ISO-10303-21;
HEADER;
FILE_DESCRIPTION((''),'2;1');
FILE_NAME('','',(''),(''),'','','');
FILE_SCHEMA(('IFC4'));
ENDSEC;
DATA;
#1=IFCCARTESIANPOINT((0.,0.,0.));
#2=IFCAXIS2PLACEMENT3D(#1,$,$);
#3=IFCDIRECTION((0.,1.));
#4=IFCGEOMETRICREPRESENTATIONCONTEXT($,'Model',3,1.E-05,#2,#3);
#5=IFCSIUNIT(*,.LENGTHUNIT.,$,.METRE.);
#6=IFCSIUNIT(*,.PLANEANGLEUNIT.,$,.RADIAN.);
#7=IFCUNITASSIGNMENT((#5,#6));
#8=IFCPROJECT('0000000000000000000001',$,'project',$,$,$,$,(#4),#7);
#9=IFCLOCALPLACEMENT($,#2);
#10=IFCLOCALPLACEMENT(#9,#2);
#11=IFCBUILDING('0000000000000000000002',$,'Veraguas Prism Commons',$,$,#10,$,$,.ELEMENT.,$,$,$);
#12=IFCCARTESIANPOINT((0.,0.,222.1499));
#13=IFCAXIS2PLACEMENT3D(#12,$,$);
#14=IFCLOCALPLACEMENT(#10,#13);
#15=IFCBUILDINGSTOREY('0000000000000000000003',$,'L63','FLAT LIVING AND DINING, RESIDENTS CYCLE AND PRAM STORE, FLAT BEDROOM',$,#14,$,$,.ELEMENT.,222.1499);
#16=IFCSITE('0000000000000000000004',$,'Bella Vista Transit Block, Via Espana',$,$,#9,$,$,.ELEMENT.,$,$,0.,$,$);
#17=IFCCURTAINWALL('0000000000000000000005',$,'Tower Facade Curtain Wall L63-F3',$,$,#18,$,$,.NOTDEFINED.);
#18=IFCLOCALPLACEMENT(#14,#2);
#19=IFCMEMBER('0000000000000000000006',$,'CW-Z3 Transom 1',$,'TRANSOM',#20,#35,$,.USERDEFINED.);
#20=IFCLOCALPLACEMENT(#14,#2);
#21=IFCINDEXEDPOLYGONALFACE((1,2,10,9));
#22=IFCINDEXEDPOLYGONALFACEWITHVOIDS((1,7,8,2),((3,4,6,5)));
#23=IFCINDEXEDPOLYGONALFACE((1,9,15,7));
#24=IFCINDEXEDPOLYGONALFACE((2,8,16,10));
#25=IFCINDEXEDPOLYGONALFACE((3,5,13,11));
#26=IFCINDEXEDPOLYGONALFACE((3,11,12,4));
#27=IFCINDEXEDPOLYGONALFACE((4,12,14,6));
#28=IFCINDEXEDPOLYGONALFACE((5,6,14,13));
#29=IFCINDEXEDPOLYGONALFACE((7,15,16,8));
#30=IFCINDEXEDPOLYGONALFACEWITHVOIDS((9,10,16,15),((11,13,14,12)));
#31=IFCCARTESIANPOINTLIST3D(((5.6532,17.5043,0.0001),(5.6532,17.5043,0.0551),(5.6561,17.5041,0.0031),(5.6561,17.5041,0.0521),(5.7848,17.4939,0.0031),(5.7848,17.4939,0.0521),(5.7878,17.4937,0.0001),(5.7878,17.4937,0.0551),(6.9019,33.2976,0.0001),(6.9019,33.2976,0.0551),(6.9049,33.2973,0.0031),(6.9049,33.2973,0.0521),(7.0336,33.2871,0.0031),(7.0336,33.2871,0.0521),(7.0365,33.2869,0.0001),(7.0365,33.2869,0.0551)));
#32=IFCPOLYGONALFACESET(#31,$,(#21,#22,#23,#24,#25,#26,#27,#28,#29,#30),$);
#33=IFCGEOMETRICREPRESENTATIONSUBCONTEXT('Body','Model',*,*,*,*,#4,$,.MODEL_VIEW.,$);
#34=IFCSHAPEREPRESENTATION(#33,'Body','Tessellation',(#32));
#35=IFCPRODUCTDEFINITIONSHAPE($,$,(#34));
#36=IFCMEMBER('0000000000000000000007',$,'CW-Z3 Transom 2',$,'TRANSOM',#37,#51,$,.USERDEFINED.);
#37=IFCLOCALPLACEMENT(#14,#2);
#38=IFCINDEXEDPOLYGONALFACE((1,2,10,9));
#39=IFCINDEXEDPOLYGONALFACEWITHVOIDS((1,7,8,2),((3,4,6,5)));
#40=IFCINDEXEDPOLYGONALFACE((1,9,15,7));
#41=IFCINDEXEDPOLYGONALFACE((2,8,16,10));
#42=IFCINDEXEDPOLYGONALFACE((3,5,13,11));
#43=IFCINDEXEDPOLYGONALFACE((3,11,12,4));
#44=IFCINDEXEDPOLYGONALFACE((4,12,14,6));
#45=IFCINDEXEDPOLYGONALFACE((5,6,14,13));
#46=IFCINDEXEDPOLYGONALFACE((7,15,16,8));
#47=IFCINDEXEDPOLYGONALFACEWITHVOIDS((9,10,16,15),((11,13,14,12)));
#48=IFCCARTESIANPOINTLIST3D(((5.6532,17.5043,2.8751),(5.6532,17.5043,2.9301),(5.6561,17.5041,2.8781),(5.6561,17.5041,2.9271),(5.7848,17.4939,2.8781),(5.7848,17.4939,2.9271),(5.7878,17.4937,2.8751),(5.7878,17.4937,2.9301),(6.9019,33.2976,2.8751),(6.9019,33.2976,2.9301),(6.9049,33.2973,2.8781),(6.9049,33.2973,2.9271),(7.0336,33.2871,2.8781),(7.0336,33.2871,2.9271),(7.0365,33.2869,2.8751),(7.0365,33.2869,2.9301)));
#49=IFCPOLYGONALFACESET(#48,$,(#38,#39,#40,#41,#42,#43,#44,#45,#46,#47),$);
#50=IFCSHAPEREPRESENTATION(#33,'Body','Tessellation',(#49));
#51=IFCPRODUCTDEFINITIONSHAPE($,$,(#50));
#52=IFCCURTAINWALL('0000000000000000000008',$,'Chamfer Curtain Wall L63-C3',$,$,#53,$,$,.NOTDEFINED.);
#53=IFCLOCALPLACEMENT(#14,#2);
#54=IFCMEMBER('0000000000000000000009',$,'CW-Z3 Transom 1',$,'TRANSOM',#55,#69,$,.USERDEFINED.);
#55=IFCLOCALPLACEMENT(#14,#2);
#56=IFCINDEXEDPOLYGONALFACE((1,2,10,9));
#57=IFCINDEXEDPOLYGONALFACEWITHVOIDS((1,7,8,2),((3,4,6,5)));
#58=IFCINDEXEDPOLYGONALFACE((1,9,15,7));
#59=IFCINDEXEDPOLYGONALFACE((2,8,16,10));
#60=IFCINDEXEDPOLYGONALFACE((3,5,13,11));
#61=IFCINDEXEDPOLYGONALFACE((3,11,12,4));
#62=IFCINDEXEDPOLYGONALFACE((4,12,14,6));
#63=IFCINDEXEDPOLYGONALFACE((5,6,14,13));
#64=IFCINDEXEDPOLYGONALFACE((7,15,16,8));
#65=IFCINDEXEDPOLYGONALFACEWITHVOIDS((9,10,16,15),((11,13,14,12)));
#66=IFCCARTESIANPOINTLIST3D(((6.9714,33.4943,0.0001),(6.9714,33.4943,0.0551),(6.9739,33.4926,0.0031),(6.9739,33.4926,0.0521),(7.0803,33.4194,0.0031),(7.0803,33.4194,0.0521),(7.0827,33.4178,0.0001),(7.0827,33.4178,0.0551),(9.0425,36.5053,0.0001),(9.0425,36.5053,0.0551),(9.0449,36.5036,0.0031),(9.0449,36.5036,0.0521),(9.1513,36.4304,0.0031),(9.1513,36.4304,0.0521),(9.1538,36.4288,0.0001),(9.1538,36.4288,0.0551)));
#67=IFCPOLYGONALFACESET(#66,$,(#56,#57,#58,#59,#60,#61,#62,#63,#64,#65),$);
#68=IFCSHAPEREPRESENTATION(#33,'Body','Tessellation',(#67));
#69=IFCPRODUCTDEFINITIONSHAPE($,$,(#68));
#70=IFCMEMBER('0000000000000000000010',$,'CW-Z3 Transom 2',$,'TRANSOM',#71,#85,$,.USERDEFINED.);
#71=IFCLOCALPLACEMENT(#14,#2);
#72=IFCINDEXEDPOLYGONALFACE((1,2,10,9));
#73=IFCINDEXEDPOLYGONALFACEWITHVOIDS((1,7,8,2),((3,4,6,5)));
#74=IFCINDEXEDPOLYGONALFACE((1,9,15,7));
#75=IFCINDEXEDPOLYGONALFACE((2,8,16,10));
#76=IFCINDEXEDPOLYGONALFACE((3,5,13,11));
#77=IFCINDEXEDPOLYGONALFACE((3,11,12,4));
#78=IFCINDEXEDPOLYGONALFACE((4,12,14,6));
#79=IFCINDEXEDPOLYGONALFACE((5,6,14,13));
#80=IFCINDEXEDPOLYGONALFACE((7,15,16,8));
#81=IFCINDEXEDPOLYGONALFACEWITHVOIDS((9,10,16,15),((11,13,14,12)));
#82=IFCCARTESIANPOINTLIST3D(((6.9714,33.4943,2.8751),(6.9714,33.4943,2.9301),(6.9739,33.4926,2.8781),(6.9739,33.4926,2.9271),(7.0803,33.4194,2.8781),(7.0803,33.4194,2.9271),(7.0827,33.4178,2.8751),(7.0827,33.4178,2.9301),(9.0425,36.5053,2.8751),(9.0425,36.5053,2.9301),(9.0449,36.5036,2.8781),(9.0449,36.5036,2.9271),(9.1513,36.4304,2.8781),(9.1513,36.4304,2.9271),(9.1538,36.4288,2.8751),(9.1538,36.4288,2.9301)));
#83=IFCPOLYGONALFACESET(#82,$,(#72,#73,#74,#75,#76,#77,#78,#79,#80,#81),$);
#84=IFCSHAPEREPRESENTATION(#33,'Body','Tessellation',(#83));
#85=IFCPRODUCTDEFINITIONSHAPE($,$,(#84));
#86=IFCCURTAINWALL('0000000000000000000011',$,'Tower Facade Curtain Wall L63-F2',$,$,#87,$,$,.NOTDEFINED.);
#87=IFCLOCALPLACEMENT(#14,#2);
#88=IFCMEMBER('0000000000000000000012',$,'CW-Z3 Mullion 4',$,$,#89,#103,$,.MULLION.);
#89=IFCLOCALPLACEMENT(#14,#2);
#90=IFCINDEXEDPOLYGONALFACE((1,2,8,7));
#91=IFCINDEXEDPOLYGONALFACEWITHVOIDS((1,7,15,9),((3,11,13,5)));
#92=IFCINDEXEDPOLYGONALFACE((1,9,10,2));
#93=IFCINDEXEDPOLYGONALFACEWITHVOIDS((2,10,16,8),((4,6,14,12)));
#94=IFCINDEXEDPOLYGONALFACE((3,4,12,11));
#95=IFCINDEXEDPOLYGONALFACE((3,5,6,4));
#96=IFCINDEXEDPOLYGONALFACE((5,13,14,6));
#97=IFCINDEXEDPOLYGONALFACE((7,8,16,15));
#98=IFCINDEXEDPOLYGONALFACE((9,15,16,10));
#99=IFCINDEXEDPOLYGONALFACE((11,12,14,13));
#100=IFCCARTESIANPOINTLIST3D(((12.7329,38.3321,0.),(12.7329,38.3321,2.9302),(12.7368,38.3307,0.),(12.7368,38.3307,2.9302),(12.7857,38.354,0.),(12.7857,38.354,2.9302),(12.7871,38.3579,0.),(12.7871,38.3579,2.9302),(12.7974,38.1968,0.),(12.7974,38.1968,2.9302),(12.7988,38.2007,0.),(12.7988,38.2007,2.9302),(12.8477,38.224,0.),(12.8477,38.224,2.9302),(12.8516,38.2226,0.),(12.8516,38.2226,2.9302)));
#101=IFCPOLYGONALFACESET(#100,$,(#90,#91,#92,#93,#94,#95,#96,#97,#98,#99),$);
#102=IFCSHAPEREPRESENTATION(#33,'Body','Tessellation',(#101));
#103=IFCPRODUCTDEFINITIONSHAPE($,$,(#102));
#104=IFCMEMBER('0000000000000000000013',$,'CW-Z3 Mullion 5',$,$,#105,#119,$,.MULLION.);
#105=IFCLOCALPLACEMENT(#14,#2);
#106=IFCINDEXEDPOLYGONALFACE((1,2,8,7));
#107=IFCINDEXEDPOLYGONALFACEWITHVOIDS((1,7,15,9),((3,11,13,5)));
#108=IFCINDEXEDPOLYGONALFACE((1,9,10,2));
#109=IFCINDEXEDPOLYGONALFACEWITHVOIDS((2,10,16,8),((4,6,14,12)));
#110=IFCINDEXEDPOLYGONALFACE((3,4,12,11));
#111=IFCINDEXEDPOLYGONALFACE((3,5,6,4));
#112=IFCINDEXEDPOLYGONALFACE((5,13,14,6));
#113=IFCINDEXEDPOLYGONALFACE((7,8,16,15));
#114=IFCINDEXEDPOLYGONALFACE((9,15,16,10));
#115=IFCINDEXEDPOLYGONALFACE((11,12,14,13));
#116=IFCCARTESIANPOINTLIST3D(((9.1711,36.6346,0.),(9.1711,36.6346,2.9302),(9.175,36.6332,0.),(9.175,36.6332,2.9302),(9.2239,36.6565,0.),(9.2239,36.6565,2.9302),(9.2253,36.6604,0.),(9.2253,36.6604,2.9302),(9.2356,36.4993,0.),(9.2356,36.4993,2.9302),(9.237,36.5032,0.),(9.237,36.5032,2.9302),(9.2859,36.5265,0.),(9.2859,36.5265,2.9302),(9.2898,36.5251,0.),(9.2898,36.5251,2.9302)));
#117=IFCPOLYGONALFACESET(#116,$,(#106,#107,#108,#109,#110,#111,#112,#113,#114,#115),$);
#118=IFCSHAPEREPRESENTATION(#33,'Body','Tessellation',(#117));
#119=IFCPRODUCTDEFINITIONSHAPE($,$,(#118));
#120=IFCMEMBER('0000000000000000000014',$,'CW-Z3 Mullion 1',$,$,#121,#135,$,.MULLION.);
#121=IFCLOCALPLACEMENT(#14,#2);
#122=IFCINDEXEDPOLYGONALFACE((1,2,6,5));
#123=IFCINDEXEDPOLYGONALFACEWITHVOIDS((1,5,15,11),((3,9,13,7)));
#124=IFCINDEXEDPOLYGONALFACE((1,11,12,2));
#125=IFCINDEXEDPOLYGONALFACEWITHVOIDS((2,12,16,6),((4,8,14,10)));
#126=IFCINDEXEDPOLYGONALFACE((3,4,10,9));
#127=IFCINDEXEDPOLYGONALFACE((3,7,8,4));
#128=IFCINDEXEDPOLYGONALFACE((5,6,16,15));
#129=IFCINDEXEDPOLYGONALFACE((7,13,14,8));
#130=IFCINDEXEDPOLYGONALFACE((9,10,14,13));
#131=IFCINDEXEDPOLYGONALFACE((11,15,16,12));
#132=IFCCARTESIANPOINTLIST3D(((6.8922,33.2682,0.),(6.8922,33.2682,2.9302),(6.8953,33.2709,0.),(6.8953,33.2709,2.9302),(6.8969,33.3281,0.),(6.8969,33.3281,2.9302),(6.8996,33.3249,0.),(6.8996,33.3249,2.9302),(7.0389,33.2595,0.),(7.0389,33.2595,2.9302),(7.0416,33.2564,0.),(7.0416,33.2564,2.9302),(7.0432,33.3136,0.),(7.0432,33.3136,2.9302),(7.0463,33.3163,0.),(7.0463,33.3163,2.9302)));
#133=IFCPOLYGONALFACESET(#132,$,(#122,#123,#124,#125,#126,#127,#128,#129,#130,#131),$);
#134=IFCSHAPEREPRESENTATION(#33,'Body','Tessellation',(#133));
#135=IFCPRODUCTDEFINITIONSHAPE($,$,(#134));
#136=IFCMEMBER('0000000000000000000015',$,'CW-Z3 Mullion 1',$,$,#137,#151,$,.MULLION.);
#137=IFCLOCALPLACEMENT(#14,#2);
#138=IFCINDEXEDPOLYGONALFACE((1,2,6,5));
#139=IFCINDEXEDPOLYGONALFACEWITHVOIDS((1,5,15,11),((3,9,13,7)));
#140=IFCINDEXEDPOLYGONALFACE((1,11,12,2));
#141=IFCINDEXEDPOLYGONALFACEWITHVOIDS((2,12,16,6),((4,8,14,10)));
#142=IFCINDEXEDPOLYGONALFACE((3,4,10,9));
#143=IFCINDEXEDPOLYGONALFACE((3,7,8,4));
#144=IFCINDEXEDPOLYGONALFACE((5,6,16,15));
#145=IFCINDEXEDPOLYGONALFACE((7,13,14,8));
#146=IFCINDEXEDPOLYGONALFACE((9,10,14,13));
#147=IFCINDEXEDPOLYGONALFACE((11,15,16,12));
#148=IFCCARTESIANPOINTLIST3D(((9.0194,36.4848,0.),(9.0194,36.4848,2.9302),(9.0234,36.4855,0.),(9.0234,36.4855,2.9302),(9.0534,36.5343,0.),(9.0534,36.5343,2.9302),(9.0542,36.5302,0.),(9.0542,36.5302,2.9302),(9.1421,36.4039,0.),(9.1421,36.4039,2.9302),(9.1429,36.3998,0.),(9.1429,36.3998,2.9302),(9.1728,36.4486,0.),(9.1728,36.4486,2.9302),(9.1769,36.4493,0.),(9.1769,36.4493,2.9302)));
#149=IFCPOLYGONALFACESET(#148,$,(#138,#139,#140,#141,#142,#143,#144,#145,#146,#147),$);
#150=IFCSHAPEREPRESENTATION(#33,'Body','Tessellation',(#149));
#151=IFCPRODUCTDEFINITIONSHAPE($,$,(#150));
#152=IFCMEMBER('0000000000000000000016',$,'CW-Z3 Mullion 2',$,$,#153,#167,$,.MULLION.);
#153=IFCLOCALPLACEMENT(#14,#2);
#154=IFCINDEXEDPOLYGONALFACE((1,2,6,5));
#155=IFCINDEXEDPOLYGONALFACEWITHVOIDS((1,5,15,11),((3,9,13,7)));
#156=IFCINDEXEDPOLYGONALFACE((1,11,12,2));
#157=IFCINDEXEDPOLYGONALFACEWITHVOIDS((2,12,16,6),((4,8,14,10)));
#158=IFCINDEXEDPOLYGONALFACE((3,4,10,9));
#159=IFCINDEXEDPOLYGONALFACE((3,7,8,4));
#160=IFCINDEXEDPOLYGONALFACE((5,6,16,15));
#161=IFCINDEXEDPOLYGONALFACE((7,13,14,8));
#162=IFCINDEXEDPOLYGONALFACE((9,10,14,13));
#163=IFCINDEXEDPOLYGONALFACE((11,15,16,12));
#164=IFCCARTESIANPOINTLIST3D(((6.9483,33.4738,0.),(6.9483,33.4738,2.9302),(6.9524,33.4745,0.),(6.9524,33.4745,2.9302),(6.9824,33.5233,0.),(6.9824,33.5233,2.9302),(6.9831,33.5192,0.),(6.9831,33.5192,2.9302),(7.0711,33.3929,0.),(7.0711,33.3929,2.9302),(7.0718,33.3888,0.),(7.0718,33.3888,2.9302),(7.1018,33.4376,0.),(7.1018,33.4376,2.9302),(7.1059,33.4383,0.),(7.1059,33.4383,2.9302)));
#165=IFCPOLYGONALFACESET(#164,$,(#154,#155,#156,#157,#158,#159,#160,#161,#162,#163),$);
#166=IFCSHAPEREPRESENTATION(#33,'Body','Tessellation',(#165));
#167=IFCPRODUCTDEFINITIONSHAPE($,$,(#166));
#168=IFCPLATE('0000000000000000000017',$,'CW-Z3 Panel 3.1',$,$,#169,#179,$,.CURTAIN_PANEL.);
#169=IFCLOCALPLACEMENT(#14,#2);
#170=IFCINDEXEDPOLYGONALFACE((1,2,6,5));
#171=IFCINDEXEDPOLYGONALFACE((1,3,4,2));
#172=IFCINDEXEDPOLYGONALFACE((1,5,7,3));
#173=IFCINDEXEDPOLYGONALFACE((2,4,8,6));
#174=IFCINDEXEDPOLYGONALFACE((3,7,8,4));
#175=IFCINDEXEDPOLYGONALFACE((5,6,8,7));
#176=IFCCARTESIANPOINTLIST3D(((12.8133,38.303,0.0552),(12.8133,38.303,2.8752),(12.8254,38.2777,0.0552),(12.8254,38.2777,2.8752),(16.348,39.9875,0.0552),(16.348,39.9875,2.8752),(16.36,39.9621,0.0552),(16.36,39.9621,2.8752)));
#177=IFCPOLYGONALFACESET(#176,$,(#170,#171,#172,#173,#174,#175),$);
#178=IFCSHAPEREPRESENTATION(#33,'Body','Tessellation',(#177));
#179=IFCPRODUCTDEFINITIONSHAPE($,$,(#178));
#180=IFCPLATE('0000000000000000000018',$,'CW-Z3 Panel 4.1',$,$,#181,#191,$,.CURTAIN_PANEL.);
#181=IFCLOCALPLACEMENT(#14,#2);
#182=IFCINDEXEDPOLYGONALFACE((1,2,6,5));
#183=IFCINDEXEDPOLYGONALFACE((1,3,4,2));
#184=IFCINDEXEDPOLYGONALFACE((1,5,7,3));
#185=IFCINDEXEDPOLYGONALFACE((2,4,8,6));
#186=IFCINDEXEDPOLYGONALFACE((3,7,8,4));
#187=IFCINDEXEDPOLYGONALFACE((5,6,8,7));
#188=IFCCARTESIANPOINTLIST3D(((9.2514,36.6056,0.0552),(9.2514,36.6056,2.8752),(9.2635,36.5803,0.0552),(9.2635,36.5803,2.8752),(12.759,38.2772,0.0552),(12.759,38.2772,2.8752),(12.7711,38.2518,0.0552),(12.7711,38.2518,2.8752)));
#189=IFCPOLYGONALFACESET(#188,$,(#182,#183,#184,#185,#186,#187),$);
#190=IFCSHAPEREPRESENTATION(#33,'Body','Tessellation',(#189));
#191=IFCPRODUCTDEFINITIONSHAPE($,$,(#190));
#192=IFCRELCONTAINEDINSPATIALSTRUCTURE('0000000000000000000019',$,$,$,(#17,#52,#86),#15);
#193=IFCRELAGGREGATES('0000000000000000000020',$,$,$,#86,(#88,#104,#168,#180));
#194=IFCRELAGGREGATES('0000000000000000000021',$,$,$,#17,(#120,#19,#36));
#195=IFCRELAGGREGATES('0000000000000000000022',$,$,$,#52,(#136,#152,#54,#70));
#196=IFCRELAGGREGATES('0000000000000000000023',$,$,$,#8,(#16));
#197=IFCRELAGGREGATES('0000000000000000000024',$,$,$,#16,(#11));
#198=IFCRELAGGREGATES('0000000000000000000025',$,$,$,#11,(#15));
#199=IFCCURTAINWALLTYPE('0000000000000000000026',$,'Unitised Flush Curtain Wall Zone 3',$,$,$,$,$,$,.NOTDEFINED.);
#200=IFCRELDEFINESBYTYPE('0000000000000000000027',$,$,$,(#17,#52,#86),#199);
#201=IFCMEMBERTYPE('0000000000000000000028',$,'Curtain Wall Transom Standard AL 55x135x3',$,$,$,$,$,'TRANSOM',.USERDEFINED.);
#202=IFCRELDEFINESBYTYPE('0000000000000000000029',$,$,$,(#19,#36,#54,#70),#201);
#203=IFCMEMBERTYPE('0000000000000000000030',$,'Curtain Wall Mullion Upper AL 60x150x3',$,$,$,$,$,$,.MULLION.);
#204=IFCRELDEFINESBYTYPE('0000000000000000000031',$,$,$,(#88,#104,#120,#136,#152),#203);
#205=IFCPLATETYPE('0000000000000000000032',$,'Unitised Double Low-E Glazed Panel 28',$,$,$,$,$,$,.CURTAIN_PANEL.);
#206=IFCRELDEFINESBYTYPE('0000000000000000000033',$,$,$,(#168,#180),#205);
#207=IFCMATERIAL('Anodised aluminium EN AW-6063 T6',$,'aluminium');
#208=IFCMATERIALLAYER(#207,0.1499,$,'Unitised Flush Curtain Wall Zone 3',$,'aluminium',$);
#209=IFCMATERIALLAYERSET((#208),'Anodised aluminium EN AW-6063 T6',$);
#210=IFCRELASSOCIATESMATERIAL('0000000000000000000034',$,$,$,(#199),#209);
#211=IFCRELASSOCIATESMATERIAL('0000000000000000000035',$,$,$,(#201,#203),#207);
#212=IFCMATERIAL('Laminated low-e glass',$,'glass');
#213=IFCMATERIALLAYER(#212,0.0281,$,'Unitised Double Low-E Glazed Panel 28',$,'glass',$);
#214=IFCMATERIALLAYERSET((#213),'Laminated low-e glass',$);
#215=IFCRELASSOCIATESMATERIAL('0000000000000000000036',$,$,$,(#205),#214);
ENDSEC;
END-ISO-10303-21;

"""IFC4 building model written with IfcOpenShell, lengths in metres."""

from ifc_helpers import new_model, si_unit, direction, frame, origin, origin_2d, place, context, subcontext, project, spatial, rectangle, hollow_rectangle, extrude, source, transform, mapped, material, layer, layer_set, material_profile, profile_set, type_object, element, aggregate, save


model = new_model("IFC4")

# Units and contexts
model_context = context("Model", 3, precision=1e-05, world=origin(), true_north=direction((0.0, 1.0)))
body_context = subcontext(model_context, "Body", "Model", "MODEL_VIEW")
ifc_project = project(units=[si_unit("LENGTHUNIT", "METRE"), si_unit("PLANEANGLEUNIT", "RADIAN")], contexts=[model_context])

# Site, building, storey
site_placement = place(None, origin())
site = spatial("IfcSite", under=ifc_project, at=site_placement, Name="Bella Vista Transit Block, Via Espana", CompositionType="ELEMENT", RefElevation=0.0)
building_placement = place(site_placement, origin())
building = spatial("IfcBuilding", under=site, at=building_placement, Name="Veraguas Prism Commons", CompositionType="ELEMENT")
storey_placement = place(building_placement, frame((0.0, 0.0, 222.1499)))
storey = spatial("IfcBuildingStorey", under=building, at=storey_placement, Name="L63", Description="FLAT LIVING AND DINING, RESIDENTS CYCLE AND PRAM STORE, FLAT BEDROOM", CompositionType="ELEMENT", Elevation=222.1499)

# Curtain walls, members
ifc_material_1 = material(Name="Anodised aluminium EN AW-6063 T6", Category="aluminium")
ifc_layer_1 = layer(ifc_material_1, 0.1499, Name="Unitised Flush Curtain Wall Zone 3", Category="aluminium")
ifc_layer_set_1 = layer_set([ifc_layer_1], Name="Anodised aluminium EN AW-6063 T6")
curtain_wall_type = type_object("IfcCurtainWallType", Name="Unitised Flush Curtain Wall Zone 3", PredefinedType="NOTDEFINED", material=ifc_layer_set_1)
curtain_wall_1_placement = place(storey_placement, origin())
curtain_wall_1 = element("IfcCurtainWall", 1, at=curtain_wall_1_placement, inside=storey, type_object=curtain_wall_type, Name="Tower Facade Curtain Wall L63-F3", PredefinedType="NOTDEFINED")
ifc_material_profile_1 = material_profile(ifc_material_1, hollow_rectangle(XDim=0.0549, YDim=0.135, WallThickness=0.0029, at=origin_2d()), Name="AL55X135X3")
ifc_profile_set_1 = profile_set([ifc_material_profile_1], Name="Anodised aluminium EN AW-6063 T6")
member_type_1 = type_object("IfcMemberType", Name="Curtain Wall Transom Standard AL 55x135x3", ElementType="TRANSOM", PredefinedType="USERDEFINED", material=ifc_profile_set_1)
shared_shape_1 = source(origin(), body_context, "Body", "SweptSolid", [
    extrude(hollow_rectangle(XDim=0.0549, YDim=0.135, WallThickness=0.0029, at=origin_2d()), origin(), (0.0, 0.0, 1.0), 15.8425),
])
member_1_placement = place(storey_placement, frame((6.9692, 33.2922, 0.0276), z_axis=(-0.078825, -0.996889, 0.0), x_axis=(0.0, 0.0, 1.0)))
member_1 = element("IfcMember", 2, at=member_1_placement, type_object=member_type_1, Name="CW-Z3 Transom 1", ObjectType="TRANSOM", PredefinedType="USERDEFINED", context=body_context, shape_type="MappedRepresentation", body=[
    mapped(shared_shape_1, transform((0.0, 0.0, 0.0), scale=1.0)),
])
member_2_placement = place(storey_placement, frame((6.9692, 33.2922, 2.9026), z_axis=(-0.078825, -0.996889, 0.0), x_axis=(0.0, 0.0, 1.0)))
member_2 = element("IfcMember", 3, at=member_2_placement, type_object=member_type_1, Name="CW-Z3 Transom 2", ObjectType="TRANSOM", PredefinedType="USERDEFINED", context=body_context, shape_type="MappedRepresentation", body=[
    mapped(shared_shape_1, transform((0.0, 0.0, 0.0), scale=1.0)),
])
curtain_wall_2_placement = place(storey_placement, origin())
curtain_wall_2 = element("IfcCurtainWall", 4, at=curtain_wall_2_placement, inside=storey, type_object=curtain_wall_type, Name="Chamfer Curtain Wall L63-C3", PredefinedType="NOTDEFINED")
shared_shape_2 = source(origin(), body_context, "Body", "SweptSolid", [
    extrude(hollow_rectangle(XDim=0.0549, YDim=0.135, WallThickness=0.0029, at=origin_2d()), origin(), (0.0, 0.0, 1.0), 3.6545),
])
member_3_placement = place(storey_placement, frame((9.0981, 36.467, 0.0276), z_axis=(-0.566713, -0.823915, 0.0), x_axis=(0.0, 0.0, 1.0)))
member_3 = element("IfcMember", 5, at=member_3_placement, type_object=member_type_1, Name="CW-Z3 Transom 1", ObjectType="TRANSOM", PredefinedType="USERDEFINED", context=body_context, shape_type="MappedRepresentation", body=[
    mapped(shared_shape_2, transform((0.0, 0.0, 0.0), scale=1.0)),
])
member_4_placement = place(storey_placement, frame((9.0981, 36.467, 2.9026), z_axis=(-0.566713, -0.823915, 0.0), x_axis=(0.0, 0.0, 1.0)))
member_4 = element("IfcMember", 6, at=member_4_placement, type_object=member_type_1, Name="CW-Z3 Transom 2", ObjectType="TRANSOM", PredefinedType="USERDEFINED", context=body_context, shape_type="MappedRepresentation", body=[
    mapped(shared_shape_2, transform((0.0, 0.0, 0.0), scale=1.0)),
])
curtain_wall_3_placement = place(storey_placement, origin())
curtain_wall_3 = element("IfcCurtainWall", 7, at=curtain_wall_3_placement, inside=storey, type_object=curtain_wall_type, Name="Tower Facade Curtain Wall L63-F2", PredefinedType="NOTDEFINED")
ifc_material_profile_2 = material_profile(ifc_material_1, hollow_rectangle(XDim=0.0601, YDim=0.1499, WallThickness=0.0029, at=origin_2d()), Name="AL60X150X3")
ifc_profile_set_2 = profile_set([ifc_material_profile_2], Name="Anodised aluminium EN AW-6063 T6")
member_type_2 = type_object("IfcMemberType", Name="Curtain Wall Mullion Upper AL 60x150x3", PredefinedType="MULLION", material=ifc_profile_set_2)
shared_shape_3 = source(origin(), body_context, "Body", "SweptSolid", [
    extrude(hollow_rectangle(XDim=0.0601, YDim=0.1499, WallThickness=0.0029, at=origin_2d()), origin(), (0.0, 0.0, 1.0), 2.9302),
])
member_5_placement = place(storey_placement, frame((12.7922, 38.2773, 0.0), z_axis=(0.0, 0.0, 1.0), x_axis=(-0.902733, -0.430201, 0.0)))
member_5 = element("IfcMember", 8, at=member_5_placement, type_object=member_type_2, Name="CW-Z3 Mullion 4", PredefinedType="MULLION", context=body_context, shape_type="MappedRepresentation", body=[
    mapped(shared_shape_3, transform((0.0, 0.0, 0.0), scale=1.0)),
])
member_6_placement = place(storey_placement, frame((9.2305, 36.5798, 0.0), z_axis=(0.0, 0.0, 1.0), x_axis=(-0.902733, -0.430201, 0.0)))
member_6 = element("IfcMember", 9, at=member_6_placement, type_object=member_type_2, Name="CW-Z3 Mullion 5", PredefinedType="MULLION", context=body_context, shape_type="MappedRepresentation", body=[
    mapped(shared_shape_3, transform((0.0, 0.0, 0.0), scale=1.0)),
])

# Members
member_7_placement = place(storey_placement, frame((6.9692, 33.2922, 0.0), z_axis=(0.0, 0.0, 1.0), x_axis=(-0.078812, -0.996889, 0.0)))
member_7 = element("IfcMember", 10, at=member_7_placement, type_object=member_type_2, Name="CW-Z3 Mullion 1", PredefinedType="MULLION", context=body_context, shape_type="MappedRepresentation", body=[
    mapped(shared_shape_3, transform((0.0, 0.0, 0.0), scale=1.0)),
])
member_8_placement = place(storey_placement, frame((9.0981, 36.467, 0.0), z_axis=(0.0, 0.0, 1.0), x_axis=(-0.566688, -0.823932, 0.0)))
member_8 = element("IfcMember", 11, at=member_8_placement, type_object=member_type_2, Name="CW-Z3 Mullion 1", PredefinedType="MULLION", context=body_context, shape_type="MappedRepresentation", body=[
    mapped(shared_shape_3, transform((0.0, 0.0, 0.0), scale=1.0)),
])
member_9_placement = place(storey_placement, frame((7.0271, 33.4561, 0.0), z_axis=(0.0, 0.0, 1.0), x_axis=(-0.566688, -0.823932, 0.0)))
member_9 = element("IfcMember", 12, at=member_9_placement, type_object=member_type_2, Name="CW-Z3 Mullion 2", PredefinedType="MULLION", context=body_context, shape_type="MappedRepresentation", body=[
    mapped(shared_shape_3, transform((0.0, 0.0, 0.0), scale=1.0)),
])

# Plates
ifc_material_2 = material(Name="Laminated low-e glass", Category="glass")
ifc_layer_2 = layer(ifc_material_2, 0.0281, Name="Unitised Double Low-E Glazed Panel 28", Category="glass")
ifc_layer_set_2 = layer_set([ifc_layer_2], Name="Laminated low-e glass")
plate_type = type_object("IfcPlateType", Name="Unitised Double Low-E Glazed Panel 28", PredefinedType="CURTAIN_PANEL", material=ifc_layer_set_2)
shared_shape_4 = source(origin(), body_context, "Body", "SweptSolid", [
    extrude(rectangle(XDim=3.9155, YDim=0.0281, at=origin_2d()), origin(), (0.0, 0.0, 1.0), 2.8201),
])
plate_1_placement = place(storey_placement, frame((14.5867, 39.1326, 0.0552), z_axis=(0.0, 0.0, 1.0), x_axis=(-0.902733, -0.430201, 0.0)))
plate_1 = element("IfcPlate", 13, at=plate_1_placement, type_object=plate_type, Name="CW-Z3 Panel 3.1", PredefinedType="CURTAIN_PANEL", context=body_context, shape_type="MappedRepresentation", body=[
    mapped(shared_shape_4, transform((0.0, 0.0, 0.0), scale=1.0)),
])
shared_shape_5 = source(origin(), body_context, "Body", "SweptSolid", [
    extrude(rectangle(XDim=3.8855, YDim=0.0281, at=origin_2d()), origin(), (0.0, 0.0, 1.0), 2.8201),
])
plate_2_placement = place(storey_placement, frame((11.0112, 37.4287, 0.0552), z_axis=(0.0, 0.0, 1.0), x_axis=(-0.902733, -0.430201, 0.0)))
plate_2 = element("IfcPlate", 14, at=plate_2_placement, type_object=plate_type, Name="CW-Z3 Panel 4.1", PredefinedType="CURTAIN_PANEL", context=body_context, shape_type="MappedRepresentation", body=[
    mapped(shared_shape_5, transform((0.0, 0.0, 0.0), scale=1.0)),
])
aggregate(curtain_wall_3, [member_5, member_6, plate_1, plate_2])
aggregate(curtain_wall_1, [member_7, member_1, member_2])
aggregate(curtain_wall_2, [member_8, member_9, member_3, member_4])

save(model, "model.ifc")
